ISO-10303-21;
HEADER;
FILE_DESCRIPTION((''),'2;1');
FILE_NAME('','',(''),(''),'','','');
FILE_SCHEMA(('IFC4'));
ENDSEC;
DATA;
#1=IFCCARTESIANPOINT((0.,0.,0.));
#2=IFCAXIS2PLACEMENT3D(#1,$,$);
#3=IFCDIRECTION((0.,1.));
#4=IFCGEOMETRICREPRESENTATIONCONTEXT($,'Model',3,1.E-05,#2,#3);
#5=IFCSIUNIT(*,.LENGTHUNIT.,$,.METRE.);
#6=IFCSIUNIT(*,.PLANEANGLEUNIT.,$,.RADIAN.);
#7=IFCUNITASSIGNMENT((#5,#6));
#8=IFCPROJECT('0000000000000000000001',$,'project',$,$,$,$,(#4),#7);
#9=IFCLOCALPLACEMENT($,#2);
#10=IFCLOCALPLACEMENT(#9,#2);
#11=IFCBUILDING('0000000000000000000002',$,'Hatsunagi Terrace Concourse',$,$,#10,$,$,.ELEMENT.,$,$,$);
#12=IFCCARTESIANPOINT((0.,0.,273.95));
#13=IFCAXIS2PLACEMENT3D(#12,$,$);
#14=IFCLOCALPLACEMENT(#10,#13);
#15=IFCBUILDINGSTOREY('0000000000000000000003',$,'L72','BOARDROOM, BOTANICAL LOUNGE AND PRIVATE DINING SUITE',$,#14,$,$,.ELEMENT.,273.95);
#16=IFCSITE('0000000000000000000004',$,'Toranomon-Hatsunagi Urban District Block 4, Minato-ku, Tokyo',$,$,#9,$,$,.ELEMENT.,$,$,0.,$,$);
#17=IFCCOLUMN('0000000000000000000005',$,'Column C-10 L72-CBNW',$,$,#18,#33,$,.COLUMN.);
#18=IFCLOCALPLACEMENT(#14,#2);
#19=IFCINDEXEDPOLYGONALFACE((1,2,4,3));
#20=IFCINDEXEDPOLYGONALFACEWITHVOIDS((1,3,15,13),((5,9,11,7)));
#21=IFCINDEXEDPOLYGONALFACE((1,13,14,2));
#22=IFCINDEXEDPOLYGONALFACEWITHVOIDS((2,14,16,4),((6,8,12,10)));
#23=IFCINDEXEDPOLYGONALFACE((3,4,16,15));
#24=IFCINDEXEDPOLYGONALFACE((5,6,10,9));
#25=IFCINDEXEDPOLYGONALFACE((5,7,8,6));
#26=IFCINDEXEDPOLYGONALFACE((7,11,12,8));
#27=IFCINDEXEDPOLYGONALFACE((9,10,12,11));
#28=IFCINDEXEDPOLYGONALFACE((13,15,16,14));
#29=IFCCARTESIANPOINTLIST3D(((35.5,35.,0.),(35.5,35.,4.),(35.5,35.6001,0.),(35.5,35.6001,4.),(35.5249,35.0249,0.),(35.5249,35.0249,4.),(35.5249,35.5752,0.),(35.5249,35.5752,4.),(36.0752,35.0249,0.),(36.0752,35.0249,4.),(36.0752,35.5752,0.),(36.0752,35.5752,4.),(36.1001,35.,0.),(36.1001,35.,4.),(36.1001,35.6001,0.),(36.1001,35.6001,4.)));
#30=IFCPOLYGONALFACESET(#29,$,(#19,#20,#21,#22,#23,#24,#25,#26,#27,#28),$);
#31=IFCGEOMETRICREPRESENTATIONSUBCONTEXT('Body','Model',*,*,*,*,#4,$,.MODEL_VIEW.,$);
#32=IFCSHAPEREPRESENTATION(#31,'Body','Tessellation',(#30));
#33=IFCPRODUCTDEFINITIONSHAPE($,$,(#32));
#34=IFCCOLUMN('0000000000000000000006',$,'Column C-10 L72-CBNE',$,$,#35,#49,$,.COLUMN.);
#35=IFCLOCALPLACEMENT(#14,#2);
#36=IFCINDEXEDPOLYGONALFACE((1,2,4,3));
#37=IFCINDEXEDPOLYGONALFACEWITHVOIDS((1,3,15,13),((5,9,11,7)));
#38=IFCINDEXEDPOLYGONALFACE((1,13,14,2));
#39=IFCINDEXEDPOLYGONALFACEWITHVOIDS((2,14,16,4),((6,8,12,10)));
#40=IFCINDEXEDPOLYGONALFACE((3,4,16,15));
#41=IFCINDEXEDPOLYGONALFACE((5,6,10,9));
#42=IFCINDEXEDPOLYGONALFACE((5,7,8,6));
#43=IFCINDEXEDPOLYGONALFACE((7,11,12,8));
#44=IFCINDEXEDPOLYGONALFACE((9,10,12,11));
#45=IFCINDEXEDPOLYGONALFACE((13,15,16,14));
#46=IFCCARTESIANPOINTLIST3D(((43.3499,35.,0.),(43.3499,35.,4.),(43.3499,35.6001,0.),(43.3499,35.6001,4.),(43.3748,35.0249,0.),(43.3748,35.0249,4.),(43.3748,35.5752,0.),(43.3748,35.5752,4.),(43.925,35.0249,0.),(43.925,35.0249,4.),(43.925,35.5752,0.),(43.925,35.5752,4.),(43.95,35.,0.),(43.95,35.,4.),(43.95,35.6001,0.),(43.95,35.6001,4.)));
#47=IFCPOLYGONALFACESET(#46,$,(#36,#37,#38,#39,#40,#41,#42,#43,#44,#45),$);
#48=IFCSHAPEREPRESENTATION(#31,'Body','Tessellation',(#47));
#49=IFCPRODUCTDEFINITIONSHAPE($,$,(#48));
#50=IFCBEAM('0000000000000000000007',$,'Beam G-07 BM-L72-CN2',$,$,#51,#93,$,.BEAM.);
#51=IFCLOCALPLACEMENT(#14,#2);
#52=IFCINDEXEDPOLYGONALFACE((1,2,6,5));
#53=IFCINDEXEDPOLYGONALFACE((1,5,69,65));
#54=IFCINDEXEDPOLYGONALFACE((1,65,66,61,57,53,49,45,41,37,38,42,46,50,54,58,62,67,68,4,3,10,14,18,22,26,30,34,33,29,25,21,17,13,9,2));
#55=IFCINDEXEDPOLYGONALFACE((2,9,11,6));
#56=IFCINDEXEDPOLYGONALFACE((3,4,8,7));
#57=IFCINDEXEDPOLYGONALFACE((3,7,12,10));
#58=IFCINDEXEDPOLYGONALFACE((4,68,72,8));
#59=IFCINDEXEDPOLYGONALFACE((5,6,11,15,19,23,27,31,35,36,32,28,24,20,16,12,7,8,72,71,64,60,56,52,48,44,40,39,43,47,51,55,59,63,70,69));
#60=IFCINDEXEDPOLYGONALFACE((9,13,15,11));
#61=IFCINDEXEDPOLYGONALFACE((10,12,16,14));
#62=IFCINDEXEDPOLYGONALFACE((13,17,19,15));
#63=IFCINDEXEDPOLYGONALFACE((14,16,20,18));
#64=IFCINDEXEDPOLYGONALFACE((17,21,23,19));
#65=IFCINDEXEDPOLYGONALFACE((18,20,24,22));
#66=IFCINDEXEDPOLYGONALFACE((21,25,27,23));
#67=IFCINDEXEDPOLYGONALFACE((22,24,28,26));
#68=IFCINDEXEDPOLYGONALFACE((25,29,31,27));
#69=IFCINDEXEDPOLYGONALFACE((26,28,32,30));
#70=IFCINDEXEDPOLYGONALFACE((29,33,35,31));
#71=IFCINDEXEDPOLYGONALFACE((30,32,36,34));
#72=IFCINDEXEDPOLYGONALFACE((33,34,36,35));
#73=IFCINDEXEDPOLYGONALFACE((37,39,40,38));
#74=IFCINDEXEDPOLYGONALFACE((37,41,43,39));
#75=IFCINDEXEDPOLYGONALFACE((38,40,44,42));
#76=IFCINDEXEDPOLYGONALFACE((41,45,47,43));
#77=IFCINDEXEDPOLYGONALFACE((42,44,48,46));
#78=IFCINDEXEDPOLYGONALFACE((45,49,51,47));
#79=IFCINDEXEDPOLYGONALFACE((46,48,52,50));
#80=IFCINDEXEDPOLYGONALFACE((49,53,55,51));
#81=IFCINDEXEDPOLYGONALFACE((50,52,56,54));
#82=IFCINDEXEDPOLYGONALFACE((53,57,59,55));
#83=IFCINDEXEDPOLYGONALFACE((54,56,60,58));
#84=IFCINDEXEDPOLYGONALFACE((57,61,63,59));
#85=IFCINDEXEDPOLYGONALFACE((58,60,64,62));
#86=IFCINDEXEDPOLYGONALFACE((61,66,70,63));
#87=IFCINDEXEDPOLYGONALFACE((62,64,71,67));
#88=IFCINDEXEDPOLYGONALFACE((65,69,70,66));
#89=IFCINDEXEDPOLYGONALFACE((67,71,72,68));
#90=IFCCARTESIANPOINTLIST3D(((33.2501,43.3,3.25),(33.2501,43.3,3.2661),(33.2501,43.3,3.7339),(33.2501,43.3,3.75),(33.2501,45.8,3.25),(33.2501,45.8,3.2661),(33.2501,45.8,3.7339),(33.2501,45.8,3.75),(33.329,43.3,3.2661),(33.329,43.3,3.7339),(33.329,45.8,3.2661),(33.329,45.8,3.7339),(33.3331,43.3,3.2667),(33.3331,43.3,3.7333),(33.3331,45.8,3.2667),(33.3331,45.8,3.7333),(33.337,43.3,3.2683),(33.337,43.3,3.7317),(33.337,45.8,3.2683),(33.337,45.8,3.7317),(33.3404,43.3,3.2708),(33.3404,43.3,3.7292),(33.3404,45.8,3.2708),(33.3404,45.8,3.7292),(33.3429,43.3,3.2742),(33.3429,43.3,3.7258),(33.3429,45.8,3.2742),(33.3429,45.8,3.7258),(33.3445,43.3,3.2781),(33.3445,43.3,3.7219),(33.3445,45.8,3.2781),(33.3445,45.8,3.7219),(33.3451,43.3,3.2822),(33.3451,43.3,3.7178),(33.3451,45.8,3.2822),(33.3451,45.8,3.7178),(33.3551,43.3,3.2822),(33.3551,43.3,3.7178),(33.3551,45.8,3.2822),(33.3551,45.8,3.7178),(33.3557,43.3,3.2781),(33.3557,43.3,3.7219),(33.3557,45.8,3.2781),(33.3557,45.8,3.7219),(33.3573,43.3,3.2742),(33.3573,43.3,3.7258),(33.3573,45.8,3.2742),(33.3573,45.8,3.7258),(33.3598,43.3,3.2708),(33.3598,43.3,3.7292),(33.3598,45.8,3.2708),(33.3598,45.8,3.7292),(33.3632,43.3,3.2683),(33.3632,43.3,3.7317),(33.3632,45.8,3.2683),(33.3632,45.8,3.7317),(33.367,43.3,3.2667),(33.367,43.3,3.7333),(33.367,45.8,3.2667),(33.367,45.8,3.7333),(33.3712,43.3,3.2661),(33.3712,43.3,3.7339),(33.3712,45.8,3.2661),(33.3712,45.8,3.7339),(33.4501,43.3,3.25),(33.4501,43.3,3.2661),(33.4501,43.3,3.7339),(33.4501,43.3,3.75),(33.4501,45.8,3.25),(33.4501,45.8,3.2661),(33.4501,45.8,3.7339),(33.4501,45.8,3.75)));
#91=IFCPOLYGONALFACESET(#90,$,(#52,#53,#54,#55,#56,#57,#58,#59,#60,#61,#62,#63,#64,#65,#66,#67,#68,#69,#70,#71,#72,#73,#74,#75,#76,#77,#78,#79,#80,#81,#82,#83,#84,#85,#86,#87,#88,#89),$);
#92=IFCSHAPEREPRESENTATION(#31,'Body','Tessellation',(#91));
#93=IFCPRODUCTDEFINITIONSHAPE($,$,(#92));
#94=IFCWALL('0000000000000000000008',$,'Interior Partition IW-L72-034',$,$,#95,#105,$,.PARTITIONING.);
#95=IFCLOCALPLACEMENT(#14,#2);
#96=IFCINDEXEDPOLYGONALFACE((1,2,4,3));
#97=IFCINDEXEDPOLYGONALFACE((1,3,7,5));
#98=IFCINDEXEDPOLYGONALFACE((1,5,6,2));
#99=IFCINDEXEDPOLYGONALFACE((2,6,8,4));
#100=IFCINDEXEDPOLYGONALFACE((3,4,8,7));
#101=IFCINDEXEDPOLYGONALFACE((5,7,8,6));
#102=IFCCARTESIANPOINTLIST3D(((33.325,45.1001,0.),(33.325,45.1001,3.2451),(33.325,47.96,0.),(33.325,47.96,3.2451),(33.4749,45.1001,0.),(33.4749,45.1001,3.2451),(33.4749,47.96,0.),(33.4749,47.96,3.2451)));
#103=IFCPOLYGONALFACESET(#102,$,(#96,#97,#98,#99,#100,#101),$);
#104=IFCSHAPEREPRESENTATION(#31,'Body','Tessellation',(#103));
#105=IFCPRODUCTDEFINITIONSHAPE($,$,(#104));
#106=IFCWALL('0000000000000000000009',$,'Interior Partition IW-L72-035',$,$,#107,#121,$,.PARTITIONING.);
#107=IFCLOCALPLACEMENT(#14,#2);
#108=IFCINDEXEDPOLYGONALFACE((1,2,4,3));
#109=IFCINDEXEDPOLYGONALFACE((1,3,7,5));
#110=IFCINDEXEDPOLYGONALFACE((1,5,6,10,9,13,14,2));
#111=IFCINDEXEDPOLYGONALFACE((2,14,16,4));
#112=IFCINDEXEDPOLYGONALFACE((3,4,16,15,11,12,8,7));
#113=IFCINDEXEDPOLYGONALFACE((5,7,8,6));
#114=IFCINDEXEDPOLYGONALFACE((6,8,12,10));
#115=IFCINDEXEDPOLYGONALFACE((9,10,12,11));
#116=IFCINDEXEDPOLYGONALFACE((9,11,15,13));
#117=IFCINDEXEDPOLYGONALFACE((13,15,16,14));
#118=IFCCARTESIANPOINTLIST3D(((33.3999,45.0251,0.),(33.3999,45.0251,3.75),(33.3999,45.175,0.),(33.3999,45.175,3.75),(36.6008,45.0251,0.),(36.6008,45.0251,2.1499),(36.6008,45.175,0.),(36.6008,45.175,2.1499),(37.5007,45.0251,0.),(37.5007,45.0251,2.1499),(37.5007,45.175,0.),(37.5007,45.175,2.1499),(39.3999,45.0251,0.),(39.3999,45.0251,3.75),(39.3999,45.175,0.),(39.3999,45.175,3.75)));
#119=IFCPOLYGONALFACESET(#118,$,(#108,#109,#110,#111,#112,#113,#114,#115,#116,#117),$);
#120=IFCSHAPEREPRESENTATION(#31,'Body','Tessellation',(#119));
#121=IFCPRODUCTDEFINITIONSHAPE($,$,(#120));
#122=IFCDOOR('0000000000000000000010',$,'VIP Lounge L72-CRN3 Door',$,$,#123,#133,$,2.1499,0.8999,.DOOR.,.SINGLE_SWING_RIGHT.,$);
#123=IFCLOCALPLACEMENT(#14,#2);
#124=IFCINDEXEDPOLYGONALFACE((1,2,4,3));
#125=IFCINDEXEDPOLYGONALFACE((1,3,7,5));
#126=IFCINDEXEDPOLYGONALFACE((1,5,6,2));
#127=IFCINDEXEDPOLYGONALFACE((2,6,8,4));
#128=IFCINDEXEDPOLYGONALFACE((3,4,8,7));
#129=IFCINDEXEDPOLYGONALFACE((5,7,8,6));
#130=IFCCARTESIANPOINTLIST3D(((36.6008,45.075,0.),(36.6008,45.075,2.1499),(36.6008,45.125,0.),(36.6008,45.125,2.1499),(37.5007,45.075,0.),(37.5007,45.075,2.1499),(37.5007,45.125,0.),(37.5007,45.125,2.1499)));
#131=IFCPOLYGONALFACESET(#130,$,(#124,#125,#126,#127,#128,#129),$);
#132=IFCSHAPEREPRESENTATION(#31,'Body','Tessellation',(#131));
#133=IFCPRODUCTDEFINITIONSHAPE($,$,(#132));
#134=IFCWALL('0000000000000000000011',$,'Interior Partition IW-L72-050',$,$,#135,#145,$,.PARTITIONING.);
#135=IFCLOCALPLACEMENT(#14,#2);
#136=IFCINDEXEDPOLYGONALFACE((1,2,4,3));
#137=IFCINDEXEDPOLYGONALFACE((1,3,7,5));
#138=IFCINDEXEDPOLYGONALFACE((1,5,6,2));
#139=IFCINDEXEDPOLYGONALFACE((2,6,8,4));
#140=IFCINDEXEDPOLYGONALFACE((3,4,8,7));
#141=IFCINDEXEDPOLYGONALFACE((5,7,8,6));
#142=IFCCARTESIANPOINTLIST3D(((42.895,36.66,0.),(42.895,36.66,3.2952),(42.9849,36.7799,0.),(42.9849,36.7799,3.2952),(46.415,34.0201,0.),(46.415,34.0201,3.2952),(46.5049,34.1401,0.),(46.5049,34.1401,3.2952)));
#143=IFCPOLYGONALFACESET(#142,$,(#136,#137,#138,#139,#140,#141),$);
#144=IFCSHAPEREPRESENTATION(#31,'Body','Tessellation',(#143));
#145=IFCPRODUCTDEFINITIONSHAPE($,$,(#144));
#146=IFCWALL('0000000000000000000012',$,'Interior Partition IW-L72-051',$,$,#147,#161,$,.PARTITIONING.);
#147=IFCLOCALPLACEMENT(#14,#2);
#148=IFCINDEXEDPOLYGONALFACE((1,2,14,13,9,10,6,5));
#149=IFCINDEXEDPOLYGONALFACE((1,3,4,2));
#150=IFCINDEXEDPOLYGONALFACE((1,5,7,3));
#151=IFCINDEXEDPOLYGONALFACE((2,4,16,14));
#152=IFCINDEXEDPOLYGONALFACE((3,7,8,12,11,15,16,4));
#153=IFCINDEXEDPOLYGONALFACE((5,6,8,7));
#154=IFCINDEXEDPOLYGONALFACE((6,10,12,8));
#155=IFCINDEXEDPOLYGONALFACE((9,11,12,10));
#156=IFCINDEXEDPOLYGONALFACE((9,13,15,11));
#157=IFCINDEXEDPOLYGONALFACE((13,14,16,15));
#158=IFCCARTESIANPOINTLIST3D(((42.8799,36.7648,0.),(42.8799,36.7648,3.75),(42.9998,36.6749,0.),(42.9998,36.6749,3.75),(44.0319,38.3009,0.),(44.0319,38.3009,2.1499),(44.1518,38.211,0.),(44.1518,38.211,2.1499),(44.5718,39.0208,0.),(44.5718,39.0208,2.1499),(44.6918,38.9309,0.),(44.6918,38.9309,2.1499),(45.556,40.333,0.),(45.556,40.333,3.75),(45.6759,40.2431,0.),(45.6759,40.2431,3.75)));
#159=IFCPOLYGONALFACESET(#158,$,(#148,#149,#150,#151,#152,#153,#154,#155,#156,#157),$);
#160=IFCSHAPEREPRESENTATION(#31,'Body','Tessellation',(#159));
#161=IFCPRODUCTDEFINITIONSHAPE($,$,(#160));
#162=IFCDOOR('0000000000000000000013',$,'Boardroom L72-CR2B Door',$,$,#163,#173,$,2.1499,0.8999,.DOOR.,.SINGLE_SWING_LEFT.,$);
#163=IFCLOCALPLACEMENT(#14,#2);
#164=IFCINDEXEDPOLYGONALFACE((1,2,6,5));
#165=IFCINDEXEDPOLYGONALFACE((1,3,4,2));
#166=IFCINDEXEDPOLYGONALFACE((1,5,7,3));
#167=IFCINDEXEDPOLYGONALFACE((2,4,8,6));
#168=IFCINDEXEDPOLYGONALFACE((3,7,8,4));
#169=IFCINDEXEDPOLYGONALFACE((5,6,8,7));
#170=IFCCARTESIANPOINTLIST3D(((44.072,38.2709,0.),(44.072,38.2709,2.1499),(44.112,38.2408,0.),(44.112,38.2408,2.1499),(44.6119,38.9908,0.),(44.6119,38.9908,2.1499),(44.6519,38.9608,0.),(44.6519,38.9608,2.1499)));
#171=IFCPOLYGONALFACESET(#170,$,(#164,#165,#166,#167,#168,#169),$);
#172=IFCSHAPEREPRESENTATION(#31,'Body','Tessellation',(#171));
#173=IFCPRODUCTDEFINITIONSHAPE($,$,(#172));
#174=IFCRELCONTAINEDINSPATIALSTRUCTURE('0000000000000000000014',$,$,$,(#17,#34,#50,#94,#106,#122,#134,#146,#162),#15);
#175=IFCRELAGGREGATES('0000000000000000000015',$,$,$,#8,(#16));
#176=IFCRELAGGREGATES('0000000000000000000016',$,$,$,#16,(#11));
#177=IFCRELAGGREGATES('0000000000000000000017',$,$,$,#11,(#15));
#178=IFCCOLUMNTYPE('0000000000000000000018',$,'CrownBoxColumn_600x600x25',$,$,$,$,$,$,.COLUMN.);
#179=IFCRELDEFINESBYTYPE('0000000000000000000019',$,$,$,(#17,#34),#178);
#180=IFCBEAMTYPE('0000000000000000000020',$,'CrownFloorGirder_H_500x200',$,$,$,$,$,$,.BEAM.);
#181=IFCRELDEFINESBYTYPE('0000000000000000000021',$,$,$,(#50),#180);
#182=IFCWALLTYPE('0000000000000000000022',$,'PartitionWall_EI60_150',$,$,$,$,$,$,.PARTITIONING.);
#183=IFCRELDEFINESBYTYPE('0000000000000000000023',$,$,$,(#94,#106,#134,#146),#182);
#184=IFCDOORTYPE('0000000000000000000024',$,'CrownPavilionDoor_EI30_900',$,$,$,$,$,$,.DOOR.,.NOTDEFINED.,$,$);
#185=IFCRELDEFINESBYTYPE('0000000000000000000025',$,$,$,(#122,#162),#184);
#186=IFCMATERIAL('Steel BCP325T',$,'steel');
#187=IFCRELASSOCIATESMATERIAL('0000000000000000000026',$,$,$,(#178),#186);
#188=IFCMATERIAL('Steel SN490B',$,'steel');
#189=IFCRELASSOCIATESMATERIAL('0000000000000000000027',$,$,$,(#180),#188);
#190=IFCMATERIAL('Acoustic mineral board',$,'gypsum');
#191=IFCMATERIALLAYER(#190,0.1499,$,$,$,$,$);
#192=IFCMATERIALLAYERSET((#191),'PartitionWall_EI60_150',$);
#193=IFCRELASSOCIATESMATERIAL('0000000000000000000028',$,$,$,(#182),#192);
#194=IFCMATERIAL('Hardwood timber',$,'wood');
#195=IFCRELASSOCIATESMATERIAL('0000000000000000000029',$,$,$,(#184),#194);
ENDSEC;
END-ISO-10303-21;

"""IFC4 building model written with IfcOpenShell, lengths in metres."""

from ifc_helpers import new_model, si_unit, direction, frame, frame_2d, origin, origin_2d, place, context, subcontext, project, spatial, rectangle, hollow_rectangle, i_section, extrude, material, layer, layer_set, material_profile, profile_set, type_object, element, fill, save


model = new_model("IFC4")

# Units and contexts
model_context = context("Model", 3, precision=1e-05, world=origin(), true_north=direction((0.0, 1.0)))
body_context = subcontext(model_context, "Body", "Model", "MODEL_VIEW")
ifc_project = project(units=[si_unit("LENGTHUNIT", "METRE"), si_unit("PLANEANGLEUNIT", "RADIAN")], contexts=[model_context])

# Site, building, storey
site_placement = place(None, origin())
site = spatial("IfcSite", under=ifc_project, at=site_placement, Name="Toranomon-Hatsunagi Urban District Block 4, Minato-ku, Tokyo", CompositionType="ELEMENT", RefElevation=0.0)
building_placement = place(site_placement, origin())
building = spatial("IfcBuilding", under=site, at=building_placement, Name="Hatsunagi Terrace Concourse", CompositionType="ELEMENT")
storey_placement = place(building_placement, frame((0.0, 0.0, 273.95)))
storey = spatial("IfcBuildingStorey", under=building, at=storey_placement, Name="L72", Description="BOARDROOM, BOTANICAL LOUNGE AND PRIVATE DINING SUITE", CompositionType="ELEMENT", Elevation=273.95)

# Columns
ifc_material_1 = material(Name="Steel BCP325T", Category="steel")
ifc_material_profile_1 = material_profile(ifc_material_1, hollow_rectangle(XDim=0.6001, YDim=0.6001, WallThickness=0.0249, at=origin_2d()), Name="BCP-600x600x25")
ifc_profile_set_1 = profile_set([ifc_material_profile_1], Name="Steel BCP325T")
column_type = type_object("IfcColumnType", Name="CrownBoxColumn_600x600x25", PredefinedType="COLUMN", material=ifc_profile_set_1)
for number, where, z_axis, x_axis, name in (
    (1, (35.8, 35.3, 0.0), (0.0, 0.0, 1.0), (1.0, 0.0, 0.0), "Column C-10 L72-CBNW"),
    (2, (43.6499, 35.3, 0.0), (0.0, 0.0, 1.0), (1.0, 0.0, 0.0), "Column C-10 L72-CBNE"),
):
    element("IfcColumn", number, at=place(storey_placement, frame(where, z_axis=z_axis, x_axis=x_axis)), inside=storey, type_object=column_type, Name=name, PredefinedType="COLUMN", context=body_context, shape_type="SweptSolid", body=[
        extrude(hollow_rectangle(XDim=0.6001, YDim=0.6001, WallThickness=0.0249, at=origin_2d()), origin(), (0.0, 0.0, 1.0), 4.0),
    ])

# Beam
ifc_material_2 = material(Name="Steel SN490B", Category="steel")
ifc_material_profile_2 = material_profile(ifc_material_2, i_section(OverallWidth=0.2, OverallDepth=0.5, WebThickness=0.01, FlangeThickness=0.0161, FilletRadius=0.0161, at=origin_2d()), Name="H-500x200x10x16")
ifc_profile_set_2 = profile_set([ifc_material_profile_2], Name="Steel SN490B")
beam_type = type_object("IfcBeamType", Name="CrownFloorGirder_H_500x200", PredefinedType="BEAM", material=ifc_profile_set_2)
beam_placement = place(storey_placement, frame((33.3501, 43.3, 3.5), z_axis=(0.0, 1.0, 0.0), x_axis=(-1.0, 0.0, 0.0)))
element("IfcBeam", 3, at=beam_placement, inside=storey, type_object=beam_type, Name="Beam G-07 BM-L72-CN2", PredefinedType="BEAM", context=body_context, shape_type="SweptSolid", body=[
    extrude(i_section(OverallWidth=0.2, OverallDepth=0.5, WebThickness=0.01, FlangeThickness=0.0161, FilletRadius=0.0161, at=origin_2d()), origin(), (0.0, 0.0, 1.0), 2.5),
])

# Wall
ifc_material_3 = material(Name="Acoustic mineral board", Category="gypsum")
ifc_layer_1 = layer(ifc_material_3, 0.1499)
ifc_layer_set_1 = layer_set([ifc_layer_1], Name="PartitionWall_EI60_150")
wall_type_1 = type_object("IfcWallType", Name="PartitionWall_EI60_150", PredefinedType="PARTITIONING", material=ifc_layer_set_1)
wall_1_placement = place(storey_placement, frame((33.3999, 45.1001, 0.0), z_axis=(0.0, 0.0, 1.0), x_axis=(0.0, 1.0, 0.0)))
element("IfcWall", 4, at=wall_1_placement, inside=storey, type_object=wall_type_1, Name="Interior Partition IW-L72-034", PredefinedType="PARTITIONING", context=body_context, shape_type="SweptSolid", body=[
    extrude(rectangle(XDim=2.8599, YDim=0.1499, at=frame_2d((1.4299, 0.0))), origin(), (0.0, 0.0, 1.0), 3.2451),
])

# Wall, opening, door
wall_2_placement = place(storey_placement, frame((33.3999, 45.1001, 0.0), z_axis=(0.0, 0.0, 1.0), x_axis=(1.0, 0.0, 0.0)))
wall_2 = element("IfcWall", 5, at=wall_2_placement, inside=storey, type_object=wall_type_1, Name="Interior Partition IW-L72-035", PredefinedType="PARTITIONING", context=body_context, shape_type="SweptSolid", body=[
    extrude(rectangle(XDim=6.0, YDim=0.1499, at=frame_2d((3.0, 0.0))), origin(), (0.0, 0.0, 1.0), 3.75),
])
opening_1_placement = place(wall_2_placement, frame((3.2009, 0.0, 0.0)))
opening_1 = element("IfcOpeningElement", 6, at=opening_1_placement, cuts=wall_2, PredefinedType="OPENING", context=body_context, shape_type="SweptSolid", body=[
    extrude(rectangle(XDim=0.8999, YDim=2.1499, at=frame_2d((0.45, 1.075))), frame((0.0, 0.085, 0.0), z_axis=(0.0, -1.0, 0.0), x_axis=(1.0, 0.0, 0.0)), (0.0, 0.0, 1.0), 0.1699),
])
ifc_material_4 = material(Name="Hardwood timber", Category="wood")
door_type_1 = type_object("IfcDoorType", Name="CrownPavilionDoor_EI30_900", OperationType="NOTDEFINED", PredefinedType="DOOR", material=ifc_material_4)
door_1_placement = place(opening_1_placement, origin())
door_1 = element("IfcDoor", 7, at=door_1_placement, inside=storey, type_object=door_type_1, Name="VIP Lounge L72-CRN3 Door", OperationType="SINGLE_SWING_RIGHT", OverallHeight=2.1499, OverallWidth=0.8999, PredefinedType="DOOR", context=body_context, shape_type="SweptSolid", body=[
    extrude(rectangle(XDim=0.8999, YDim=2.1499, at=frame_2d((0.45, 1.075))), frame((0.0, 0.0249, 0.0), z_axis=(0.0, -1.0, 0.0), x_axis=(1.0, 0.0, 0.0)), (0.0, 0.0, 1.0), 0.05),
])
fill(opening_1, door_1)

# Wall
wall_3_placement = place(storey_placement, frame((42.9399, 36.72, 0.0), z_axis=(0.0, 0.0, 1.0), x_axis=(0.800013, -0.599982, 0.0)))
element("IfcWall", 8, at=wall_3_placement, inside=storey, type_object=wall_type_1, Name="Interior Partition IW-L72-050", PredefinedType="PARTITIONING", context=body_context, shape_type="SweptSolid", body=[
    extrude(rectangle(XDim=4.3999, YDim=0.1499, at=frame_2d((2.2, 0.0))), origin(), (0.0, 0.0, 1.0), 3.2952),
])

# Wall, opening, door
wall_4_placement = place(storey_placement, frame((42.9399, 36.72, 0.0), z_axis=(0.0, 0.0, 1.0), x_axis=(0.599991, 0.800007, 0.0)))
wall_4 = element("IfcWall", 9, at=wall_4_placement, inside=storey, type_object=wall_type_1, Name="Interior Partition IW-L72-051", PredefinedType="PARTITIONING", context=body_context, shape_type="SweptSolid", body=[
    extrude(rectangle(XDim=4.4602, YDim=0.1499, at=frame_2d((2.23, 0.0))), origin(), (0.0, 0.0, 1.0), 3.75),
])
opening_2_placement = place(wall_4_placement, frame((1.9199, 0.0, 0.0)))
opening_2 = element("IfcOpeningElement", 10, at=opening_2_placement, cuts=wall_4, PredefinedType="OPENING", context=body_context, shape_type="SweptSolid", body=[
    extrude(rectangle(XDim=0.8999, YDim=2.1499, at=frame_2d((0.45, 1.075))), frame((0.0, 0.085, 0.0), z_axis=(0.0, -1.0, 0.0), x_axis=(1.0, 0.0, 0.0)), (0.0, 0.0, 1.0), 0.1699),
])
door_2_placement = place(opening_2_placement, origin())
door_2 = element("IfcDoor", 11, at=door_2_placement, inside=storey, type_object=door_type_1, Name="Boardroom L72-CR2B Door", OperationType="SINGLE_SWING_LEFT", OverallHeight=2.1499, OverallWidth=0.8999, PredefinedType="DOOR", context=body_context, shape_type="SweptSolid", body=[
    extrude(rectangle(XDim=0.8999, YDim=2.1499, at=frame_2d((0.45, 1.075))), frame((0.0, 0.0249, 0.0), z_axis=(0.0, -1.0, 0.0), x_axis=(1.0, 0.0, 0.0)), (0.0, 0.0, 1.0), 0.05),
])
fill(opening_2, door_2)

save(model, "model.ifc")
